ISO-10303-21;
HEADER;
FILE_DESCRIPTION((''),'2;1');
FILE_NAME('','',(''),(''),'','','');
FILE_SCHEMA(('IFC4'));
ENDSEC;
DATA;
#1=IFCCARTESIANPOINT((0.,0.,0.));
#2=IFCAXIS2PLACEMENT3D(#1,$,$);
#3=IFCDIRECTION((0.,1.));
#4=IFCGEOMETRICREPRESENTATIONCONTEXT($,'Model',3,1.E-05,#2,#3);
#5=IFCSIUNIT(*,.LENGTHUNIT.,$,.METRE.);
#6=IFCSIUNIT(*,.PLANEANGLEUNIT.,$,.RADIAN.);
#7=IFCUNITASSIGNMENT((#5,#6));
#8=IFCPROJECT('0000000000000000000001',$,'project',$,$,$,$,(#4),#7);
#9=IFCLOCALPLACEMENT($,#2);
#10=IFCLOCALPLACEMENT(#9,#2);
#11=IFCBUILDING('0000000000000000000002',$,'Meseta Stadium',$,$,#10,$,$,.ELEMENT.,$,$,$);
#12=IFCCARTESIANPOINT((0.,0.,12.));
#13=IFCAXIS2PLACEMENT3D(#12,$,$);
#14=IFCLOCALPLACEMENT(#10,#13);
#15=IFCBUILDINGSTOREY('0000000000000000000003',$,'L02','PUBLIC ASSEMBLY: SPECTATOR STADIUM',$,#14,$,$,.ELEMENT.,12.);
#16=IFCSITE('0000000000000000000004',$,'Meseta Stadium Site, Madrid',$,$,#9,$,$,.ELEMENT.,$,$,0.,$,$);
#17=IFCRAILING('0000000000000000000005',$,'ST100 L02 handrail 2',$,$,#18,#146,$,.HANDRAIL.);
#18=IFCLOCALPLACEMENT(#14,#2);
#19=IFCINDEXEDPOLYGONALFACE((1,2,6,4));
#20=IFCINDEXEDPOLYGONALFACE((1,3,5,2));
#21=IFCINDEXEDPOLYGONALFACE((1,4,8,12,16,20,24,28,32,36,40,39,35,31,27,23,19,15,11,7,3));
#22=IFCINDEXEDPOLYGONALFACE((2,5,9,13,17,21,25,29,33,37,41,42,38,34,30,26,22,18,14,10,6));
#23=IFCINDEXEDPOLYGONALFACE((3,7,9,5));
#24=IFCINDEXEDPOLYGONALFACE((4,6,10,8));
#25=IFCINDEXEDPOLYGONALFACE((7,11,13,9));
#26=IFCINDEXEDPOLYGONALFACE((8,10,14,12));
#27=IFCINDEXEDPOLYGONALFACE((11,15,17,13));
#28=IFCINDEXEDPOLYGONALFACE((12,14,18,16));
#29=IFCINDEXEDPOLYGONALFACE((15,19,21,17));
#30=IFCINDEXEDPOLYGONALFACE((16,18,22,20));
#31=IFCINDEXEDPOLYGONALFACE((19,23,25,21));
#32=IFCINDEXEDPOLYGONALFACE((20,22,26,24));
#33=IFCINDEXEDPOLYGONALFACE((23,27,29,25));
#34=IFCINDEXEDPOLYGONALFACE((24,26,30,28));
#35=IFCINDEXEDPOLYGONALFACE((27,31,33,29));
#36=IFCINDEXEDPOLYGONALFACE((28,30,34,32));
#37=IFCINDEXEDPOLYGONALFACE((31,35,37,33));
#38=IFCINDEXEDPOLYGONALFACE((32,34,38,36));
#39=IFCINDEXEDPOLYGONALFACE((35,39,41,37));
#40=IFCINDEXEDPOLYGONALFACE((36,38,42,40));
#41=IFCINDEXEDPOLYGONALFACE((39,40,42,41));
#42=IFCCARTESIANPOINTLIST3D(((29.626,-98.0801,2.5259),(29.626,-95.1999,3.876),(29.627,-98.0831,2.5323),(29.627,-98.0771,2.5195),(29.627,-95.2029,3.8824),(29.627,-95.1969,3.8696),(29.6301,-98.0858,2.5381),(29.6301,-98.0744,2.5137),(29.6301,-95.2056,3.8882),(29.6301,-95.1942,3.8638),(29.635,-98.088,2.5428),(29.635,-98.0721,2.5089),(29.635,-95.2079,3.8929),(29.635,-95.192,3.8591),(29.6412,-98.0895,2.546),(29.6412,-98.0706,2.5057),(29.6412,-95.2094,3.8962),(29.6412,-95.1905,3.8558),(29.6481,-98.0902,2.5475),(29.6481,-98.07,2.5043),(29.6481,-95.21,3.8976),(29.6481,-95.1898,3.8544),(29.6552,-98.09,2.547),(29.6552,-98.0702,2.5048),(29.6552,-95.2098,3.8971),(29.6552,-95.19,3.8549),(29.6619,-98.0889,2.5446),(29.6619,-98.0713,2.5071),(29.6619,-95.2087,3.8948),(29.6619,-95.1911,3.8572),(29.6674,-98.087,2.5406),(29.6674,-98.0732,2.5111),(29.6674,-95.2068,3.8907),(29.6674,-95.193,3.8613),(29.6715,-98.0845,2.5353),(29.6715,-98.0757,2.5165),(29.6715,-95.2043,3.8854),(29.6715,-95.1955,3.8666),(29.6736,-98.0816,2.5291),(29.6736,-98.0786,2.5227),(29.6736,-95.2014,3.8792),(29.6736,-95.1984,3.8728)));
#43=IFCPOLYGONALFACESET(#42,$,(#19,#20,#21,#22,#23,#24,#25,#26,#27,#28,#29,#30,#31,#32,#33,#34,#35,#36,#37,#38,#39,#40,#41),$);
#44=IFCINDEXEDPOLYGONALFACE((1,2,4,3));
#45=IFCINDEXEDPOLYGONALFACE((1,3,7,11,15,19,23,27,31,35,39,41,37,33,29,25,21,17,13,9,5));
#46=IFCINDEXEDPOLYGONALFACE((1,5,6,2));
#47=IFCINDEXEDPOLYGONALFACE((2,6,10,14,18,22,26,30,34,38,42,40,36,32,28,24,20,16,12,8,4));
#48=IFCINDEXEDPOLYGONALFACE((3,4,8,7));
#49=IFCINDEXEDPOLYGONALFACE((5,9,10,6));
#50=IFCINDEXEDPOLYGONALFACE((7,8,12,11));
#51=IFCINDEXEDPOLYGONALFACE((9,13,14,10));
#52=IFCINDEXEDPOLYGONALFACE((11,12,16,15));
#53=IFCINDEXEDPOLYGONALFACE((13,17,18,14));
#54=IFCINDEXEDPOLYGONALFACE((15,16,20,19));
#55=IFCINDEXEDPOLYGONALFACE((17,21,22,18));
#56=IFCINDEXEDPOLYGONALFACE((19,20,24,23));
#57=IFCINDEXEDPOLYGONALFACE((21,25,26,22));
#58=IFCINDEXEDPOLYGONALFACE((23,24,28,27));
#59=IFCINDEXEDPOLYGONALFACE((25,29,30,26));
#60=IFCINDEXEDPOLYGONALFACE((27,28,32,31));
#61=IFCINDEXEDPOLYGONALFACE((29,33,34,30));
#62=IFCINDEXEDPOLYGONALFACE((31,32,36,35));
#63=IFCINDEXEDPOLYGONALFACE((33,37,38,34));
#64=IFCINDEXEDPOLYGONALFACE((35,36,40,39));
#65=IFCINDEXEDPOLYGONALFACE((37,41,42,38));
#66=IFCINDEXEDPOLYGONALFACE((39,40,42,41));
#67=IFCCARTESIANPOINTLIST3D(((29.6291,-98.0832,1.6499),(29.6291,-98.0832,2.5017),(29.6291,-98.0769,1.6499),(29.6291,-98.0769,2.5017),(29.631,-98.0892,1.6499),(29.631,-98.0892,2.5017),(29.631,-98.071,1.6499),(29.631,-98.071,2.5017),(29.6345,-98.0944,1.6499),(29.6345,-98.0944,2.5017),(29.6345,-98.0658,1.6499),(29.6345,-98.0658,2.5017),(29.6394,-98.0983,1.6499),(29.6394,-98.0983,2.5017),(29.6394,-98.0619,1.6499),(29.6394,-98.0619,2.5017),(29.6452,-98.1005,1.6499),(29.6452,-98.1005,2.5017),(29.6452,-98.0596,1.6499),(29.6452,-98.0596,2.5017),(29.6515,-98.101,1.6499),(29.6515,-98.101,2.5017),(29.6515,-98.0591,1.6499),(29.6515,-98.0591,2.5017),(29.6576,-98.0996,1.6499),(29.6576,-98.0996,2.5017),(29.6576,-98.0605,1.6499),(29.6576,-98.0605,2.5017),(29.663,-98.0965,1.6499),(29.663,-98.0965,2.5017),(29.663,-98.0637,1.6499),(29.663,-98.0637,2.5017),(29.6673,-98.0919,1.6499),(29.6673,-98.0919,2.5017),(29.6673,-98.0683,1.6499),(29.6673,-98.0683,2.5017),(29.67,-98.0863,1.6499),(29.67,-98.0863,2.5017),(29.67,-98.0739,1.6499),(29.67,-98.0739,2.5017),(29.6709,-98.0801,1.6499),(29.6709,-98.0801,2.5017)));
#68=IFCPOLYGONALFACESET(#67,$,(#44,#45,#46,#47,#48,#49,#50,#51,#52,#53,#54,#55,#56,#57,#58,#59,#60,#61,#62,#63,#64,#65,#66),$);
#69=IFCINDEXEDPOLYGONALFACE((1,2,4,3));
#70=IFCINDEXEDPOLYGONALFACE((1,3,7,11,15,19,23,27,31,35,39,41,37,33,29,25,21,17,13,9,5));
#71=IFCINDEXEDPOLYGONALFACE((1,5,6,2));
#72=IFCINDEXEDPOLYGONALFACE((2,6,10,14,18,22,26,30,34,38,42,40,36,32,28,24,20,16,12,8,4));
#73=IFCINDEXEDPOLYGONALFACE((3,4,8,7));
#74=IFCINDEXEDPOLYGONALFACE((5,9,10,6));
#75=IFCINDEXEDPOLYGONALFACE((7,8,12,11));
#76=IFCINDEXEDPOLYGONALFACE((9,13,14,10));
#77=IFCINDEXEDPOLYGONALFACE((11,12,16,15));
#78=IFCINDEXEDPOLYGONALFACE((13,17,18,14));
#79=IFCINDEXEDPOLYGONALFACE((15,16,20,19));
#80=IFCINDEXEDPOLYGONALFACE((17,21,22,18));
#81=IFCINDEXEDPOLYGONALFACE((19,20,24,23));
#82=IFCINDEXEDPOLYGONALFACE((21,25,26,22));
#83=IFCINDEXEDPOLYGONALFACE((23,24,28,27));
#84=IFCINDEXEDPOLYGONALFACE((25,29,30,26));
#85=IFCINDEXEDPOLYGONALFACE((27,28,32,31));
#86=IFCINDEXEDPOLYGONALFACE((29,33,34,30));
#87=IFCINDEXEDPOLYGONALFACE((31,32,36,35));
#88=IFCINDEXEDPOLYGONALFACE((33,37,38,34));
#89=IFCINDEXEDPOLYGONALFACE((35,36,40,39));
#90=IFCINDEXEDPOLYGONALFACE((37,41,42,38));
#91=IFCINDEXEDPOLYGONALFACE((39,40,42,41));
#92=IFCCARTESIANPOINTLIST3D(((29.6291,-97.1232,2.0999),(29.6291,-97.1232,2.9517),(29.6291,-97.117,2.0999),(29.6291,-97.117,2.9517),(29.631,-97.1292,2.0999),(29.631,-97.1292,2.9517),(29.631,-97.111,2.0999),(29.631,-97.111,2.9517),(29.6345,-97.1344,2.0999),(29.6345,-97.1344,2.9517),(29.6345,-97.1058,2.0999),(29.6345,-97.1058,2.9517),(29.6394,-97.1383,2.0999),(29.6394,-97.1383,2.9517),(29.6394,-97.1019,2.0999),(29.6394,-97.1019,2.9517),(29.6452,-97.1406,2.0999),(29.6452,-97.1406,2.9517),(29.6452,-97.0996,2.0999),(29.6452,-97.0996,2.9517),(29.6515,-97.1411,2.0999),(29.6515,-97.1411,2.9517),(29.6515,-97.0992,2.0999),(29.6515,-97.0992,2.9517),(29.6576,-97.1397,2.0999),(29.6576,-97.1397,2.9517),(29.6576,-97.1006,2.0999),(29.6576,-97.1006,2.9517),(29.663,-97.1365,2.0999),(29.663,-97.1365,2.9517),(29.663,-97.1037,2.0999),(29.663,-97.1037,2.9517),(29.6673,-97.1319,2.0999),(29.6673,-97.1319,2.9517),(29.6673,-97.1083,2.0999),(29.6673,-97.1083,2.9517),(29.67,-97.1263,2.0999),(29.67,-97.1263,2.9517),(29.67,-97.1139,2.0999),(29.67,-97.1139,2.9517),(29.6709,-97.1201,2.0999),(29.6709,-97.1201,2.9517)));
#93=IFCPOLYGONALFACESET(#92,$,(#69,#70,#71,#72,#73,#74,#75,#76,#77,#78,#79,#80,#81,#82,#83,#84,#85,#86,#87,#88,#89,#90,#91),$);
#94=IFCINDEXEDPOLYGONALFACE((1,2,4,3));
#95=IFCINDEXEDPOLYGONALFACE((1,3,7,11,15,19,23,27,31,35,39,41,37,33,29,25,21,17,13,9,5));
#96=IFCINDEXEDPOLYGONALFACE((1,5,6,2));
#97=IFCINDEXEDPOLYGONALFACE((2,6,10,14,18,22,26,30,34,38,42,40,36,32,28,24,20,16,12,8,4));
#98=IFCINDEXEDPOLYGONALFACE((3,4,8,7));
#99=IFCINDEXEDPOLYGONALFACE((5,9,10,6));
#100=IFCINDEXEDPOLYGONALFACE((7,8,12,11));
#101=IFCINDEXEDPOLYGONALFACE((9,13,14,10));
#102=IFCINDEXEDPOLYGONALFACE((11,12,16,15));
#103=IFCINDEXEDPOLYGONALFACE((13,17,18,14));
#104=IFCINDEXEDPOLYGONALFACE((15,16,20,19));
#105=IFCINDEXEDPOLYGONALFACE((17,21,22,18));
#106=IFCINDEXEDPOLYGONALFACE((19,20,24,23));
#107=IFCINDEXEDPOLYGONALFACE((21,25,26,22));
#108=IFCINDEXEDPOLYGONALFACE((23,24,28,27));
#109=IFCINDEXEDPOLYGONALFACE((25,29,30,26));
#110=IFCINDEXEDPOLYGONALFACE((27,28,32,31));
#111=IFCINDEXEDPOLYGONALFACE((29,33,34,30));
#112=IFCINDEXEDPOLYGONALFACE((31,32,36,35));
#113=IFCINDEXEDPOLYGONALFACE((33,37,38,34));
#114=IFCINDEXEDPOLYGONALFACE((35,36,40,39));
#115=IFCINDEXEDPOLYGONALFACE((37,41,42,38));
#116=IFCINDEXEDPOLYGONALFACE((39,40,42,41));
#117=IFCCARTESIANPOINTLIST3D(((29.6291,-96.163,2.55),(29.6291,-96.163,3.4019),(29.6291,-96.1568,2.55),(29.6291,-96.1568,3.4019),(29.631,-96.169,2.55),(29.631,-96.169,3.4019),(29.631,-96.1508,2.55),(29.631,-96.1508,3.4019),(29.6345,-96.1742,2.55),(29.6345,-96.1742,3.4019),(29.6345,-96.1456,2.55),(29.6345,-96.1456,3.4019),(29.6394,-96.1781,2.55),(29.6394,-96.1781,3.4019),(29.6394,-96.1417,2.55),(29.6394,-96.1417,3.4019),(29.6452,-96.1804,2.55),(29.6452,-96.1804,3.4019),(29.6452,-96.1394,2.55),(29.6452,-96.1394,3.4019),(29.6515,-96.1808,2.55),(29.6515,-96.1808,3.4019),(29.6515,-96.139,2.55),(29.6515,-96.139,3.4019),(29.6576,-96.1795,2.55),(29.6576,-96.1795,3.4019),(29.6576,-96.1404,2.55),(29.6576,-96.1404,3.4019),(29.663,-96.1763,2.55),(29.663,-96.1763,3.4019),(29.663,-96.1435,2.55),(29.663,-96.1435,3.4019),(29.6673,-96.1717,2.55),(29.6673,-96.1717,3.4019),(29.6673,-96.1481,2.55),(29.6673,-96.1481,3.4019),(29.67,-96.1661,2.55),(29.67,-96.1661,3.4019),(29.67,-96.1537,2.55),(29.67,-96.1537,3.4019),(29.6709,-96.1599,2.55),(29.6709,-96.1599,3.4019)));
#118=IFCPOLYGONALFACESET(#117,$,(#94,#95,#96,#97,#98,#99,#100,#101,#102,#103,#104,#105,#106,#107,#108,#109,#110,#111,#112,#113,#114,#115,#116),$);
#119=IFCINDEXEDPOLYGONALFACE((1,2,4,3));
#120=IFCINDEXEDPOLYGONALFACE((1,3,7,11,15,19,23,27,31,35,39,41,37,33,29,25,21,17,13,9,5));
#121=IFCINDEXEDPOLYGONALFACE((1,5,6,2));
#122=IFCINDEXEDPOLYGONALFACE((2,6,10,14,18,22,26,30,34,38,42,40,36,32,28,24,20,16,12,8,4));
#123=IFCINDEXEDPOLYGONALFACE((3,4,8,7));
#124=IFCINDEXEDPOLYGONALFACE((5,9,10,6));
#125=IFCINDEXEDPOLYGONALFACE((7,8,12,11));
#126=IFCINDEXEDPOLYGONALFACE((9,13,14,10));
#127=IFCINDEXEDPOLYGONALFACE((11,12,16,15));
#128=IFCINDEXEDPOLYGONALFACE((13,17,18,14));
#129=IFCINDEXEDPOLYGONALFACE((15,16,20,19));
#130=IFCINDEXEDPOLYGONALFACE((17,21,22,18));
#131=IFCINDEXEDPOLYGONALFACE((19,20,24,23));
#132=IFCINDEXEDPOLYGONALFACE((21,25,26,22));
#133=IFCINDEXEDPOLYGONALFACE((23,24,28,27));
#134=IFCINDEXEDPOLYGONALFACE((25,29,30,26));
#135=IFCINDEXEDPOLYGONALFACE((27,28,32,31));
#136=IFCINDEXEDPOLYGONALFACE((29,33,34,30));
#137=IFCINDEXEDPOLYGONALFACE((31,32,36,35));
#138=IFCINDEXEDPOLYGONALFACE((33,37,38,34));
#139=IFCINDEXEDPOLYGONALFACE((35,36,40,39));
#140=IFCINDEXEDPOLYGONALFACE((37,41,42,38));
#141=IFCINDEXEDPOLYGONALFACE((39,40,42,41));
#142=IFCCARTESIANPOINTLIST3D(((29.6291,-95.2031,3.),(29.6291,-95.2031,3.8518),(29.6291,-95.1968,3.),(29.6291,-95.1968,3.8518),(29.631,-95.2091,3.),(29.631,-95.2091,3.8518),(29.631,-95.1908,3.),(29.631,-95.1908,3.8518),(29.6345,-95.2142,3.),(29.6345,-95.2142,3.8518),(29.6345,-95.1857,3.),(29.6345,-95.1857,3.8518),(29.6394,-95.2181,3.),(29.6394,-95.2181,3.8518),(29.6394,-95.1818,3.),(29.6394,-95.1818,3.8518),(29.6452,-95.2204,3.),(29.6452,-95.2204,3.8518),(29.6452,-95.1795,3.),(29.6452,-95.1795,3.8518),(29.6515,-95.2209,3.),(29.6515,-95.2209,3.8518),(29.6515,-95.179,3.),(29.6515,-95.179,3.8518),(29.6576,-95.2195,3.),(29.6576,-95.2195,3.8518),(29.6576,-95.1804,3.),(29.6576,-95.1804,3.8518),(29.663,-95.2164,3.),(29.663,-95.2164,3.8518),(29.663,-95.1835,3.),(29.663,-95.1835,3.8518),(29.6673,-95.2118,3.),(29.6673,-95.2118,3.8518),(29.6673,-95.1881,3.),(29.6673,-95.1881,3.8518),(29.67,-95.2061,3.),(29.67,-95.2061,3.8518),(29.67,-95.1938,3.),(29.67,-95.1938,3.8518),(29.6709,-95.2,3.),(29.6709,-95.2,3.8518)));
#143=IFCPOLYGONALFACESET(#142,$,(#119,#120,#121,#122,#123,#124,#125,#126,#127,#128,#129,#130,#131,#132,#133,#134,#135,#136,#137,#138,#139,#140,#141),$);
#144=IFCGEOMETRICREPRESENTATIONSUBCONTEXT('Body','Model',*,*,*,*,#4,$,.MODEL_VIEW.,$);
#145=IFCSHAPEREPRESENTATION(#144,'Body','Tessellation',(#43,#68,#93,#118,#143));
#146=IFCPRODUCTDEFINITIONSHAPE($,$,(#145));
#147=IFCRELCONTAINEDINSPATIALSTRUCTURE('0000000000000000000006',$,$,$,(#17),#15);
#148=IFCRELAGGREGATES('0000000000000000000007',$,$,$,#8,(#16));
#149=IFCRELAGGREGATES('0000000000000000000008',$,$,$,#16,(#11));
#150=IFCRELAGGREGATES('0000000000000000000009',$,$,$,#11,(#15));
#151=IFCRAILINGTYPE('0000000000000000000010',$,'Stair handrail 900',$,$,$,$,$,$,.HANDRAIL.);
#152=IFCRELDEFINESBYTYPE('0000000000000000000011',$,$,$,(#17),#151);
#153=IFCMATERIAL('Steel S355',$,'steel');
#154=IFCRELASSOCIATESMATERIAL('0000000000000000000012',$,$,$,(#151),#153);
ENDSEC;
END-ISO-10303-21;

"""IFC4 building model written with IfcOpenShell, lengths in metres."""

from ifc_helpers import new_model, si_unit, direction, frame, origin, origin_2d, place, context, subcontext, project, spatial, circle, extrude, material, type_object, element, save


model = new_model("IFC4")

# Units and contexts
model_context = context("Model", 3, precision=1e-05, world=origin(), true_north=direction((0.0, 1.0)))
body_context = subcontext(model_context, "Body", "Model", "MODEL_VIEW")
ifc_project = project(units=[si_unit("LENGTHUNIT", "METRE"), si_unit("PLANEANGLEUNIT", "RADIAN")], contexts=[model_context])

# Site, building, storey
site_placement = place(None, origin())
site = spatial("IfcSite", under=ifc_project, at=site_placement, Name="Meseta Stadium Site, Madrid", CompositionType="ELEMENT", RefElevation=0.0)
building_placement = place(site_placement, origin())
building = spatial("IfcBuilding", under=site, at=building_placement, Name="Meseta Stadium", CompositionType="ELEMENT")
storey_placement = place(building_placement, frame((0.0, 0.0, 12.0)))
storey = spatial("IfcBuildingStorey", under=building, at=storey_placement, Name="L02", Description="PUBLIC ASSEMBLY: SPECTATOR STADIUM", CompositionType="ELEMENT", Elevation=12.0)

# Railing
ifc_material_1 = material(Name="Steel S355", Category="steel")
railing_type_1 = type_object("IfcRailingType", Name="Stair handrail 900", PredefinedType="HANDRAIL", material=ifc_material_1)
railing_1_placement = place(storey_placement, frame((29.6499, -98.0801, 1.6499)))
element("IfcRailing", 1, at=railing_1_placement, inside=storey, type_object=railing_type_1, Name="ST100 L02 handrail 2", PredefinedType="HANDRAIL", context=body_context, shape_type="SweptSolid", body=[
    extrude(circle(Radius=0.0239, at=origin_2d()), frame((0.0, 0.0, 0.876), z_axis=(0.0, 0.905454, 0.424444), x_axis=(-1.0, 0.0, 0.0)), (0.0, 0.0, 1.0), 3.1809),
    extrude(circle(Radius=0.021, at=origin_2d()), origin(), (0.0, 0.0, 1.0), 0.8518),
    extrude(circle(Radius=0.021, at=origin_2d()), frame((0.0, 0.96, 0.45)), (0.0, 0.0, 1.0), 0.8518),
    extrude(circle(Radius=0.021, at=origin_2d()), frame((0.0, 1.9202, 0.9001)), (0.0, 0.0, 1.0), 0.8518),
    extrude(circle(Radius=0.021, at=origin_2d()), frame((0.0, 2.8801, 1.3501)), (0.0, 0.0, 1.0), 0.8518),
])

save(model, "model.ifc")
